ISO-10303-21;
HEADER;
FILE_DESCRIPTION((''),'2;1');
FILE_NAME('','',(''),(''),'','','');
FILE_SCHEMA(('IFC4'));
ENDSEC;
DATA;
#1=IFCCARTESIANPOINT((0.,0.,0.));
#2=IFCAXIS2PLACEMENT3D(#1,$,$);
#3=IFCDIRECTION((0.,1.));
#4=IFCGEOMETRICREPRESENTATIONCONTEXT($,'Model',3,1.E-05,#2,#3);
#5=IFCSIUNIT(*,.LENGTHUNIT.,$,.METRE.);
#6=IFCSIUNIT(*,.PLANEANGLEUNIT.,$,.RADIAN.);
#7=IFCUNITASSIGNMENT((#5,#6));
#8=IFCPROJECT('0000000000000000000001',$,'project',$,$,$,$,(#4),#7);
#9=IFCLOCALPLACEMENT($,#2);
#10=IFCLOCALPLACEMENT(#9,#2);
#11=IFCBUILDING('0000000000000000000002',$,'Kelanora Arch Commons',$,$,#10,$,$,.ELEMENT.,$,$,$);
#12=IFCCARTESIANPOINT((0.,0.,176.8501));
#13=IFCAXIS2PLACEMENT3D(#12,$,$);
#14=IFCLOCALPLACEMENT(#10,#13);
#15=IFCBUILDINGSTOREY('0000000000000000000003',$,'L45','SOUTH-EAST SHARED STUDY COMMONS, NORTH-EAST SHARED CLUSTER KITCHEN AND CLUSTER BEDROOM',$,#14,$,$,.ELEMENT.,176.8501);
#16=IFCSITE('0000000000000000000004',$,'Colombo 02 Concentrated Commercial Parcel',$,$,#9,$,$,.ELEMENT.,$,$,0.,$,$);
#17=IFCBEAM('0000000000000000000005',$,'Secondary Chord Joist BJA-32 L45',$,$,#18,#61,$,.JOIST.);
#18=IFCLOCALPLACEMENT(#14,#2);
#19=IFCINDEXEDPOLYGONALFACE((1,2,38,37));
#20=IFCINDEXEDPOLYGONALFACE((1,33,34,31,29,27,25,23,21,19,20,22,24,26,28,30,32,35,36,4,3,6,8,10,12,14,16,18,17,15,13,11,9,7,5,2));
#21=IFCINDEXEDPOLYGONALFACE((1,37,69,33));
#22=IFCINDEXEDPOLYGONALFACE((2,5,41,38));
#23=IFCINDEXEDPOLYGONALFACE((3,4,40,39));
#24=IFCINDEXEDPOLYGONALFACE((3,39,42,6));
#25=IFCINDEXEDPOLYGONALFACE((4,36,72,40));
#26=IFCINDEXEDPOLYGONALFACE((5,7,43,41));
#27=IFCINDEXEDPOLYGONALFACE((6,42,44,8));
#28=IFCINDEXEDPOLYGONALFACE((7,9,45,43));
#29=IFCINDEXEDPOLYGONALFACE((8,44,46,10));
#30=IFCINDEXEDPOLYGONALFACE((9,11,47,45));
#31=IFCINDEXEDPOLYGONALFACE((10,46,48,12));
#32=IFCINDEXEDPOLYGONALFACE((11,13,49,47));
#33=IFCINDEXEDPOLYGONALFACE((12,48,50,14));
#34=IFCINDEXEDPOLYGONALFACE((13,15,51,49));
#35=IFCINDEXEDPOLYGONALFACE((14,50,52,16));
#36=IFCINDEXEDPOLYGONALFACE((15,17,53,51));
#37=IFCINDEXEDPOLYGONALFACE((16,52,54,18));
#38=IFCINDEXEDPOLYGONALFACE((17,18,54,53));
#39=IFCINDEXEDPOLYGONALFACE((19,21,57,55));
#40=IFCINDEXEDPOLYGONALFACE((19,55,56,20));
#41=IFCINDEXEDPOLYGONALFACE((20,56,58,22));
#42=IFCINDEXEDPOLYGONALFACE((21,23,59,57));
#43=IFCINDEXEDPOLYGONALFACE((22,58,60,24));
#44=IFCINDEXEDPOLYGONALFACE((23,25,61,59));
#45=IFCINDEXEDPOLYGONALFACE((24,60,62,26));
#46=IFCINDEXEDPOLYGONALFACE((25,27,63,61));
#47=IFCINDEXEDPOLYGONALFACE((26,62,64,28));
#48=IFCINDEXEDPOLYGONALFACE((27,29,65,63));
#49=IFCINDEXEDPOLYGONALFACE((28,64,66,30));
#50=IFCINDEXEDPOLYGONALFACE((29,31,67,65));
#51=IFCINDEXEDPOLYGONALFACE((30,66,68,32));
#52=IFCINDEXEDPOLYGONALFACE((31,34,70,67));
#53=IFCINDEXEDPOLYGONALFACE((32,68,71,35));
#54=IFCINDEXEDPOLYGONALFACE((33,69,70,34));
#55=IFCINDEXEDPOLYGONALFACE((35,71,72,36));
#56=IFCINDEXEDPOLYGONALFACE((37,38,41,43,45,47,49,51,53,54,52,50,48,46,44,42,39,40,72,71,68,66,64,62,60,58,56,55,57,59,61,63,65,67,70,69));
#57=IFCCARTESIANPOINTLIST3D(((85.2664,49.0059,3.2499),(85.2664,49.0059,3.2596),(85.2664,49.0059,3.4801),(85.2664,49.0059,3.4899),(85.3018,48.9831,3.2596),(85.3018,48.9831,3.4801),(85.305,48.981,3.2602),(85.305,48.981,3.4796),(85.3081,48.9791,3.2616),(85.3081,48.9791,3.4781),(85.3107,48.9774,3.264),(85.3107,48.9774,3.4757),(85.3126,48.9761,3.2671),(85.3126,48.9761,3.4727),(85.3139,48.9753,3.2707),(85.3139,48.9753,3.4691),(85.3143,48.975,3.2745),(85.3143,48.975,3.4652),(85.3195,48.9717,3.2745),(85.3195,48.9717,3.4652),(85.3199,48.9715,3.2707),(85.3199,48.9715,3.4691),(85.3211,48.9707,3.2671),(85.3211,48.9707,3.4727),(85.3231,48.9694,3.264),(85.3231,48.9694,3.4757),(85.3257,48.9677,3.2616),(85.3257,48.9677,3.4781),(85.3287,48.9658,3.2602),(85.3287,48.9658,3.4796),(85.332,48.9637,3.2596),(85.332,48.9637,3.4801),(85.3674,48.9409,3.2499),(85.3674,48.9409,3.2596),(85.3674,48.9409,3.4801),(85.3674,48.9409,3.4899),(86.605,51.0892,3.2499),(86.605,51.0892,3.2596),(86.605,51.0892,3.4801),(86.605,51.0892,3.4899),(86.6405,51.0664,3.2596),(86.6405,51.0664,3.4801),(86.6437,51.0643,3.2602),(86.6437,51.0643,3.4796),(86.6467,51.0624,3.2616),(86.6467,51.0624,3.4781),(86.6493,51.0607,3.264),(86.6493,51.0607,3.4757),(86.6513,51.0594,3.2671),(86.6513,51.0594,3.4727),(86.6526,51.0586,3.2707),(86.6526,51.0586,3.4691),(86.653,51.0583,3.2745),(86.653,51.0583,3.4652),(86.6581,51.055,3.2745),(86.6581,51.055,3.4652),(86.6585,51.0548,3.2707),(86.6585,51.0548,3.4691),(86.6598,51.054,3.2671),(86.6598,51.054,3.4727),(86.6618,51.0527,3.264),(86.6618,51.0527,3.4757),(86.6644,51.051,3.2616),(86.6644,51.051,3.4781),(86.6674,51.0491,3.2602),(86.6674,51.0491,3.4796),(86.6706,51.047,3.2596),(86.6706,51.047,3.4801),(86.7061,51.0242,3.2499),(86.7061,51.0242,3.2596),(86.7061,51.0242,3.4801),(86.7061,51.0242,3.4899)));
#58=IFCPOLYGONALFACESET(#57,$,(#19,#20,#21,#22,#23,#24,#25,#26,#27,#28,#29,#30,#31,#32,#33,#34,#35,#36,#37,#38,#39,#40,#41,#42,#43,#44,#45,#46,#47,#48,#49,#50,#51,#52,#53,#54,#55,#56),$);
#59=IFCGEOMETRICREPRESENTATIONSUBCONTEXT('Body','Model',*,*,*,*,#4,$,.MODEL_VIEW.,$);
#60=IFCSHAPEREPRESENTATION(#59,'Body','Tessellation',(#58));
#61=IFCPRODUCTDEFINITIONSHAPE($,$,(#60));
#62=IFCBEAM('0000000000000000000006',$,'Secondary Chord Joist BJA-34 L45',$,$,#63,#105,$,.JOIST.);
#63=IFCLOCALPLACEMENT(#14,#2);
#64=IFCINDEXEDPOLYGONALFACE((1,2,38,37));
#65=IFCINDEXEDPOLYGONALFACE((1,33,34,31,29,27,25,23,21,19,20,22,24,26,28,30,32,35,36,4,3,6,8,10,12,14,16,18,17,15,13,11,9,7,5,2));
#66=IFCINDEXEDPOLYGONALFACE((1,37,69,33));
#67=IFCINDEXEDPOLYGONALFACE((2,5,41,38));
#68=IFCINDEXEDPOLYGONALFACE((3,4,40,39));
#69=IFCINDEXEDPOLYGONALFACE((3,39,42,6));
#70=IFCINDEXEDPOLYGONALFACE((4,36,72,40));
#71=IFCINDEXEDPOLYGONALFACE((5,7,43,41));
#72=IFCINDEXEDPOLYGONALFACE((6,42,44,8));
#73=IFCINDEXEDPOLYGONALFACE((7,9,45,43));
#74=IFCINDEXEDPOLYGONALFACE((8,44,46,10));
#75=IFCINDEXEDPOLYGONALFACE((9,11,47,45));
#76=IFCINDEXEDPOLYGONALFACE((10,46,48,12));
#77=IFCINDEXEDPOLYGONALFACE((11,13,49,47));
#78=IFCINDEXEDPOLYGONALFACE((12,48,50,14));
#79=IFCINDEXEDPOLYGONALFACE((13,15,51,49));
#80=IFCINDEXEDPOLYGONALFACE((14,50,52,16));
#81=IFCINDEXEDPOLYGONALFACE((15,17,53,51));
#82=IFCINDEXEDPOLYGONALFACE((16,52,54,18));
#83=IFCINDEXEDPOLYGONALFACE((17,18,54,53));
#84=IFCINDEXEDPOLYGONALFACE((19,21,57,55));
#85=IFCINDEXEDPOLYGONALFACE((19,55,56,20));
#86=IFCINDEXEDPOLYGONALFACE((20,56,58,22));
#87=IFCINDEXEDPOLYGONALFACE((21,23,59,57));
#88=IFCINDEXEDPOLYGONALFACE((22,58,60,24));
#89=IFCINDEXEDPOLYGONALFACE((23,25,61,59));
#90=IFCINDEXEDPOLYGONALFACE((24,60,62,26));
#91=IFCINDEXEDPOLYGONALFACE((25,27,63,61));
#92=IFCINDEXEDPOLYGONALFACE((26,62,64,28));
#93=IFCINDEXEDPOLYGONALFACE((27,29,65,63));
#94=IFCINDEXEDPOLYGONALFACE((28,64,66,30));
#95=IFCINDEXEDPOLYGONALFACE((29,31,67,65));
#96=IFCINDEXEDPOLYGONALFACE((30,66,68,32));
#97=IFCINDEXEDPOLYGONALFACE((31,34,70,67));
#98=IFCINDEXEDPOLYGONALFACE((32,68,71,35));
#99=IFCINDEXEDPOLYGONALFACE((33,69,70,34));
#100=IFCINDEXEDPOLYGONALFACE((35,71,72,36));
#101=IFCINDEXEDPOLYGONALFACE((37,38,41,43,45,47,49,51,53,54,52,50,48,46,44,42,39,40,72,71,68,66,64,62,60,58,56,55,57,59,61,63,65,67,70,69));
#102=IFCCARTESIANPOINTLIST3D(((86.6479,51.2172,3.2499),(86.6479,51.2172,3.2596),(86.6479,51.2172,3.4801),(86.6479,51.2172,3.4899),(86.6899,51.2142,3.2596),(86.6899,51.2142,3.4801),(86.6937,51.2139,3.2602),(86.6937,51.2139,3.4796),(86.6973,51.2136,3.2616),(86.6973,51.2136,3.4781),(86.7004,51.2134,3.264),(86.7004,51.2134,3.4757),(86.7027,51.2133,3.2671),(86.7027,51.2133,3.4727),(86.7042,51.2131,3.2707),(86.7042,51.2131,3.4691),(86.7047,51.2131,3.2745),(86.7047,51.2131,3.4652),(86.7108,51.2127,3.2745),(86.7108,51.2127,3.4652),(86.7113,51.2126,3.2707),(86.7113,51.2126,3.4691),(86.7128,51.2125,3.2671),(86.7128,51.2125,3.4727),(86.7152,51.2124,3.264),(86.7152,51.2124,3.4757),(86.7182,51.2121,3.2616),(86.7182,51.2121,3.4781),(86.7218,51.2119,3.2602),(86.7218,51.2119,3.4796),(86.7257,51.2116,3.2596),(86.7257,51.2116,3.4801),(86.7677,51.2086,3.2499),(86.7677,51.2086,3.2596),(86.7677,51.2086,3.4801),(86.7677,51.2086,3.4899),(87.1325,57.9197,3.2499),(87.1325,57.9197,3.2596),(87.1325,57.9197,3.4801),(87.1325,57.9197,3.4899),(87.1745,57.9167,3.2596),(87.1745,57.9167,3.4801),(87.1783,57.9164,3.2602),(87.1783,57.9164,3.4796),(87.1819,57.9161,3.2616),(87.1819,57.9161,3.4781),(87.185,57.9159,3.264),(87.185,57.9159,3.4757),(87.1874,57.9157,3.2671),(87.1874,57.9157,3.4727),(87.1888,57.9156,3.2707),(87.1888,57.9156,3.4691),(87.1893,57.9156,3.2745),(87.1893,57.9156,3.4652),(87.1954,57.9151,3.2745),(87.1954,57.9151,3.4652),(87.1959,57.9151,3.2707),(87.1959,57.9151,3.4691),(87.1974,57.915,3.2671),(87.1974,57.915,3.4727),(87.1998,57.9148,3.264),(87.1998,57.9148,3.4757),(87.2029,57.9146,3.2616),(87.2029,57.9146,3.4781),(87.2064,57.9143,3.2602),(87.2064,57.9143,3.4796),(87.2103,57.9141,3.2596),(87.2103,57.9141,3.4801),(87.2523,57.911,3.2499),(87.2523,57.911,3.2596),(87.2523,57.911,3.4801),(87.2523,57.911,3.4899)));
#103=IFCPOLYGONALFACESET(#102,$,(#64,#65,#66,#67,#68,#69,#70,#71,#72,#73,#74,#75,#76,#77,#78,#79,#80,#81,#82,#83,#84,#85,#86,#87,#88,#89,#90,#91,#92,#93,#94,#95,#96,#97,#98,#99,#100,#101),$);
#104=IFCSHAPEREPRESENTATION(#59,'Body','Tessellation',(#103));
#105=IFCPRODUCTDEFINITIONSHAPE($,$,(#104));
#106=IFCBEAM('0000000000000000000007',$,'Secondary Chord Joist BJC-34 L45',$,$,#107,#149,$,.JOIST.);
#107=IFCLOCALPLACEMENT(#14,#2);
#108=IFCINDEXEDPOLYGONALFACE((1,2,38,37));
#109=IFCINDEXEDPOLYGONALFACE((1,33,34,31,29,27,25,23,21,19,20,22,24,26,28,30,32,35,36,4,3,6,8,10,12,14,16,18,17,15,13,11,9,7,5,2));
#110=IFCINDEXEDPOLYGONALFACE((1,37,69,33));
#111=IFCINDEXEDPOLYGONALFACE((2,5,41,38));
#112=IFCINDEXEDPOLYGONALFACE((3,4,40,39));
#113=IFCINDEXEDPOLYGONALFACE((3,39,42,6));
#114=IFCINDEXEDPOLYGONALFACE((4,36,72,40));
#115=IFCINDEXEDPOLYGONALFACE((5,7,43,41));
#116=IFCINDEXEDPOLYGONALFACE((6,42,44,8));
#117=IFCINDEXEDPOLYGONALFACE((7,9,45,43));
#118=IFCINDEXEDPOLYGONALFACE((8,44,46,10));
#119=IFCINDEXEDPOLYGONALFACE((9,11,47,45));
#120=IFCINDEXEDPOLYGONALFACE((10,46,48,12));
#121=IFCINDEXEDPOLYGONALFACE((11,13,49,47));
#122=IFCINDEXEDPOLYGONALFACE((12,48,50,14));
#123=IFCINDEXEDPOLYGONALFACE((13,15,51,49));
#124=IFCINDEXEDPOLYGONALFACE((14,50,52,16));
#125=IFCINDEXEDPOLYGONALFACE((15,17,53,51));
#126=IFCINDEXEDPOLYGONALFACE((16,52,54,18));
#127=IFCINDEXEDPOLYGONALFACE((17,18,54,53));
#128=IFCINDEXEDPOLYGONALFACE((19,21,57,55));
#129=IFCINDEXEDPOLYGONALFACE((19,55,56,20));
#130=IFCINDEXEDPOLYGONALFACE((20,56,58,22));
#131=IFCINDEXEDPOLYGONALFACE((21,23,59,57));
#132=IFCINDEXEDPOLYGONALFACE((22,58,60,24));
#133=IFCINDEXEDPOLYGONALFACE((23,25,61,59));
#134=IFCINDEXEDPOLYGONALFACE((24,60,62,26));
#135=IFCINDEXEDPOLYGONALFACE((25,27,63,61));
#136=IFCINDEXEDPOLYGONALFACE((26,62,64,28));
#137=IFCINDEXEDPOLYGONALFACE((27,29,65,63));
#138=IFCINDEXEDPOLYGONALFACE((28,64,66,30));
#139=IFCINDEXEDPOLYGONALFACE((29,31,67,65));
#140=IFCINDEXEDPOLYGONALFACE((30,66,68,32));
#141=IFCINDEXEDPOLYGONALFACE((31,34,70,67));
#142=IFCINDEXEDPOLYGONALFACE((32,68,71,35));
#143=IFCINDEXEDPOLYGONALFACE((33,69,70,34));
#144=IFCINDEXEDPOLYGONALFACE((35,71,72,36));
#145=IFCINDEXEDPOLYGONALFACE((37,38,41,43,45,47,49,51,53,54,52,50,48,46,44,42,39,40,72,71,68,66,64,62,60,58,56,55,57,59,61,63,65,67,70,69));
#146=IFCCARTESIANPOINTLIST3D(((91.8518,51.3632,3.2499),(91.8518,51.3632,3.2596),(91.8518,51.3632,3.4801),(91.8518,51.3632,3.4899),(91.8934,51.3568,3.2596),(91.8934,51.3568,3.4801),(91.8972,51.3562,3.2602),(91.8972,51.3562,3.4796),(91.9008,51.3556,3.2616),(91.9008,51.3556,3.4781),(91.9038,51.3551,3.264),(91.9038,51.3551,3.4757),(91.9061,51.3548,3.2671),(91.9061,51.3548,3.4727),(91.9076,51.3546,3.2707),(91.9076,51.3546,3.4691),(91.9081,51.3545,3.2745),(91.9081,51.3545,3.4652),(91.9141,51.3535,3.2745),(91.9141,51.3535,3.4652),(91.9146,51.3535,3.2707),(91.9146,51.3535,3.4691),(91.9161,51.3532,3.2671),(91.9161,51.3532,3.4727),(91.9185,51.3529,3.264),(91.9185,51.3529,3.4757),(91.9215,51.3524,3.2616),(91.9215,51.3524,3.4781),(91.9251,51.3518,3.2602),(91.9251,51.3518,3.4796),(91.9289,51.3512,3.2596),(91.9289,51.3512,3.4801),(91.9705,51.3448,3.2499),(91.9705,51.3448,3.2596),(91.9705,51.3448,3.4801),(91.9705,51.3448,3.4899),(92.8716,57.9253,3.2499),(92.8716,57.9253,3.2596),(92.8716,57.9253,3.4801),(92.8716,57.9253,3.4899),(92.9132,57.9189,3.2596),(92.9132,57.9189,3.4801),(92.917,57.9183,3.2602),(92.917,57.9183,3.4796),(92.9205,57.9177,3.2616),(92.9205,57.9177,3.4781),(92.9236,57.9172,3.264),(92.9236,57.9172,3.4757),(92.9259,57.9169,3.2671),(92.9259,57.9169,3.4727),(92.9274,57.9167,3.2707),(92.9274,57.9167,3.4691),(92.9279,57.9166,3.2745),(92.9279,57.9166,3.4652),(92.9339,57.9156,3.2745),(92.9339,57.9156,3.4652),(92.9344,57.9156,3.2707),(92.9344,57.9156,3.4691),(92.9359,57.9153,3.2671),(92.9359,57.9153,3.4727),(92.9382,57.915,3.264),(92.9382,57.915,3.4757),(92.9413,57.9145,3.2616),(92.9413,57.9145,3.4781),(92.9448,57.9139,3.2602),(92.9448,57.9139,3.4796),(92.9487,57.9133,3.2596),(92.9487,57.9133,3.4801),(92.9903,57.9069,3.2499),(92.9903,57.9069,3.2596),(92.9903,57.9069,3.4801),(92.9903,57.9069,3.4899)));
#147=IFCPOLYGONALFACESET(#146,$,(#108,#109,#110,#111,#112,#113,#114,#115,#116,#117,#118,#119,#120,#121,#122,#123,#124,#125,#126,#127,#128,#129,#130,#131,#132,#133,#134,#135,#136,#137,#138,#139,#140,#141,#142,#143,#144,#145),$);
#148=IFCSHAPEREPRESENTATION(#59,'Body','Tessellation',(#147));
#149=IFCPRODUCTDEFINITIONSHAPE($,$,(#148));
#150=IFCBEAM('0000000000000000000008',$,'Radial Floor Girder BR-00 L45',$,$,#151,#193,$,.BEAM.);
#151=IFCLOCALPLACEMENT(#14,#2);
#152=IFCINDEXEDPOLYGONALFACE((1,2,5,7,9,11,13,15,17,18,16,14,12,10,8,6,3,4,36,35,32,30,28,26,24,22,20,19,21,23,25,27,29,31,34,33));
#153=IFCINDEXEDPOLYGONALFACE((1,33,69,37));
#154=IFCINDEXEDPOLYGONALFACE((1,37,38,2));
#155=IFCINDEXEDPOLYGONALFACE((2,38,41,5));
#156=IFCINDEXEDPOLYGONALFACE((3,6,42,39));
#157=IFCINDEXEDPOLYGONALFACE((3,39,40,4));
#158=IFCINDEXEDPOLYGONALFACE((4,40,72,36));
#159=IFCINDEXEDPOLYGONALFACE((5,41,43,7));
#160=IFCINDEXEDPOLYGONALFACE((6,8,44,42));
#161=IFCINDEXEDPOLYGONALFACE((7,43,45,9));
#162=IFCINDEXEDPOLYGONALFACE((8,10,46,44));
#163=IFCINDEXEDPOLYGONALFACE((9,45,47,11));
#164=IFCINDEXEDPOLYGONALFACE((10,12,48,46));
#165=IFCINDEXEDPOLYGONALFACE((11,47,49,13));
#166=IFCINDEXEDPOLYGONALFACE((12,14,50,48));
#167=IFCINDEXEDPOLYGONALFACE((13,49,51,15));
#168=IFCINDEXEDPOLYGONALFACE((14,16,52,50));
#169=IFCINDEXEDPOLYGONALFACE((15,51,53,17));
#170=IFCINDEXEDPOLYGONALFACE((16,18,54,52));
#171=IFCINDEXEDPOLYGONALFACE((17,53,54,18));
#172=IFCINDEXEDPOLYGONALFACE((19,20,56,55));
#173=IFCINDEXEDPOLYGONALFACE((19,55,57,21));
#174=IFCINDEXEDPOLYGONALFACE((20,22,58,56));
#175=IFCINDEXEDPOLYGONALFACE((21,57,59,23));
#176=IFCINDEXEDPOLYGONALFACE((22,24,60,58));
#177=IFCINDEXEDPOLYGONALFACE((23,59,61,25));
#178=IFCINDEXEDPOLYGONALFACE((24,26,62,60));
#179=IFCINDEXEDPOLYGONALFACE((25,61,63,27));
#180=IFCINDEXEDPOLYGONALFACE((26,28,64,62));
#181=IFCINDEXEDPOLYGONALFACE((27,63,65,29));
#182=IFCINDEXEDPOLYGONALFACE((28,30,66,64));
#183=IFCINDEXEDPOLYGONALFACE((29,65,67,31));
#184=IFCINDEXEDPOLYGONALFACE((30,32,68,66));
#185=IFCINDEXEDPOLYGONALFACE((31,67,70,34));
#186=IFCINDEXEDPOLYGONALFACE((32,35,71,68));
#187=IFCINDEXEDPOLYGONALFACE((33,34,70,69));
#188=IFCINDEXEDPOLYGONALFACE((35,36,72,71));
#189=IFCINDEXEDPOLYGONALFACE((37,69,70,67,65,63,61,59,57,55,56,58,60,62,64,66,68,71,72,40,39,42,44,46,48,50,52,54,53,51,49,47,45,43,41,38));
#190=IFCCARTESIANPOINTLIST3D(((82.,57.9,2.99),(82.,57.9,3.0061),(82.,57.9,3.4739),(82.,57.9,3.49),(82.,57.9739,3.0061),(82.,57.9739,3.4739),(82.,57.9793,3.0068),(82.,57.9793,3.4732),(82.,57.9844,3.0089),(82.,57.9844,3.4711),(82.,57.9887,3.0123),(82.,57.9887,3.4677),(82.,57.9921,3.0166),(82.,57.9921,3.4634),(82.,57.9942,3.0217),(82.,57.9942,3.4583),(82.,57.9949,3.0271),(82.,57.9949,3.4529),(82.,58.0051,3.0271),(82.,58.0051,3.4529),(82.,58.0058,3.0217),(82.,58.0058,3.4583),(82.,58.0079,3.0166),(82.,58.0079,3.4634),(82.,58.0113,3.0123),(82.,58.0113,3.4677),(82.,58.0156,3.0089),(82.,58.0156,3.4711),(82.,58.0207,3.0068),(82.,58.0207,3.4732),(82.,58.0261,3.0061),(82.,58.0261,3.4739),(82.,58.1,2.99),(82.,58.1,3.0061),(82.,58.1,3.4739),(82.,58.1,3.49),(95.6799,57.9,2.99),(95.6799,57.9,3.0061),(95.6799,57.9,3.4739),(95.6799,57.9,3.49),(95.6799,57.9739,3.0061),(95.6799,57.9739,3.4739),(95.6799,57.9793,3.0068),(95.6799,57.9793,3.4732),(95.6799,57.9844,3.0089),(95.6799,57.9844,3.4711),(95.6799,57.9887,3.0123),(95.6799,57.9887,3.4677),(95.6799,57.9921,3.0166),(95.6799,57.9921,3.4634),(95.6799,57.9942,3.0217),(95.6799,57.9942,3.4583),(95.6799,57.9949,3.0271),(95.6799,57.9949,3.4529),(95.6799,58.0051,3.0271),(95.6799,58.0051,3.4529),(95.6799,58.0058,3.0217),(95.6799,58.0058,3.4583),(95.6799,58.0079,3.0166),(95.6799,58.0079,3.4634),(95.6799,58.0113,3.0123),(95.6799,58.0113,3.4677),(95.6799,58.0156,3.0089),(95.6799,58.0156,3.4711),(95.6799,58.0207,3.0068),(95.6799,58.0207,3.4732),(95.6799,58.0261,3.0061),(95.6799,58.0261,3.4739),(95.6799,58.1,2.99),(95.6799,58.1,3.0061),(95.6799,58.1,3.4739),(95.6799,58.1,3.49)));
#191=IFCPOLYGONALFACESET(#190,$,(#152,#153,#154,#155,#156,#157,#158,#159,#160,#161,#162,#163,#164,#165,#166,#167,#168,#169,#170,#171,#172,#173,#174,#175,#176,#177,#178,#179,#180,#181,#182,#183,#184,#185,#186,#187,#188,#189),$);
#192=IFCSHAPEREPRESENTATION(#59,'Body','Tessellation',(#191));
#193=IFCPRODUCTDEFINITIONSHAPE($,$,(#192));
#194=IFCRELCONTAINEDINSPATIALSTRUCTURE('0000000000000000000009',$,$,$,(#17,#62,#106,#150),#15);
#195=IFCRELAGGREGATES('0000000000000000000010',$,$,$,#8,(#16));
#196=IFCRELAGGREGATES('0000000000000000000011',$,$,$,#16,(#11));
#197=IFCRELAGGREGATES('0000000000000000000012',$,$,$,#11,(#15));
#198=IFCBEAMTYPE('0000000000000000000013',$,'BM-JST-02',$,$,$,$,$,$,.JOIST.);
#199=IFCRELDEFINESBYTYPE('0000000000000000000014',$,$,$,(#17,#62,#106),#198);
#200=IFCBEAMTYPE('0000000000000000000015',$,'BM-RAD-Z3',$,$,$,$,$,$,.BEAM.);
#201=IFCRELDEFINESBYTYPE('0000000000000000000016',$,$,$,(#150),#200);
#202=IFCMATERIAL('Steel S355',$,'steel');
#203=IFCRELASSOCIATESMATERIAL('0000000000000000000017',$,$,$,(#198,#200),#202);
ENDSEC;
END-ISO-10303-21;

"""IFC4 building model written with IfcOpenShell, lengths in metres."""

from ifc_helpers import new_model, si_unit, direction, frame, origin, origin_2d, place, context, subcontext, project, spatial, i_section, extrude, material, material_profile, profile_set, type_object, element, save


model = new_model("IFC4")

# Units and contexts
model_context = context("Model", 3, precision=1e-05, world=origin(), true_north=direction((0.0, 1.0)))
body_context = subcontext(model_context, "Body", "Model", "MODEL_VIEW")
ifc_project = project(units=[si_unit("LENGTHUNIT", "METRE"), si_unit("PLANEANGLEUNIT", "RADIAN")], contexts=[model_context])

# Site, building, storey
site_placement = place(None, origin())
site = spatial("IfcSite", under=ifc_project, at=site_placement, Name="Colombo 02 Concentrated Commercial Parcel", CompositionType="ELEMENT", RefElevation=0.0)
building_placement = place(site_placement, origin())
building = spatial("IfcBuilding", under=site, at=building_placement, Name="Kelanora Arch Commons", CompositionType="ELEMENT")
storey_placement = place(building_placement, frame((0.0, 0.0, 176.8501)))
storey = spatial("IfcBuildingStorey", under=building, at=storey_placement, Name="L45", Description="SOUTH-EAST SHARED STUDY COMMONS, NORTH-EAST SHARED CLUSTER KITCHEN AND CLUSTER BEDROOM", CompositionType="ELEMENT", Elevation=176.8501)

# Beams
ifc_material_1 = material(Name="Steel S355", Category="steel")
ifc_material_profile_1 = material_profile(ifc_material_1, i_section(OverallWidth=0.1201, OverallDepth=0.24, WebThickness=0.0061, FlangeThickness=0.0098, FilletRadius=0.0149, at=origin_2d()), Name="IPE240")
ifc_profile_set_1 = profile_set([ifc_material_profile_1], Name="Steel S355")
beam_type_1 = type_object("IfcBeamType", Name="BM-JST-02", PredefinedType="JOIST", material=ifc_profile_set_1)
beam_1_placement = place(storey_placement, frame((85.3169, 48.9734, 3.3699), z_axis=(0.540583, 0.841291, 0.0), x_axis=(-0.841291, 0.540583, 0.0)))
element("IfcBeam", 1, at=beam_1_placement, inside=storey, type_object=beam_type_1, Name="Secondary Chord Joist BJA-32 L45", PredefinedType="JOIST", context=body_context, shape_type="SweptSolid", body=[
    extrude(i_section(OverallWidth=0.1201, OverallDepth=0.24, WebThickness=0.0061, FlangeThickness=0.0098, FilletRadius=0.0149, at=origin_2d()), origin(), (0.0, 0.0, 1.0), 2.4763),
])
beam_2_placement = place(storey_placement, frame((86.7078, 51.2129, 3.3699), z_axis=(0.072117, 0.997396, 0.0), x_axis=(-0.997396, 0.072117, 0.0)))
element("IfcBeam", 2, at=beam_2_placement, inside=storey, type_object=beam_type_1, Name="Secondary Chord Joist BJA-34 L45", PredefinedType="JOIST", context=body_context, shape_type="SweptSolid", body=[
    extrude(i_section(OverallWidth=0.1201, OverallDepth=0.24, WebThickness=0.0061, FlangeThickness=0.0098, FilletRadius=0.0149, at=origin_2d()), origin(), (0.0, 0.0, 1.0), 6.72),
])
beam_3_placement = place(storey_placement, frame((91.9111, 51.354, 3.3699), z_axis=(0.153563, 0.988139, 0.0), x_axis=(-0.988139, 0.153563, 0.0)))
element("IfcBeam", 3, at=beam_3_placement, inside=storey, type_object=beam_type_1, Name="Secondary Chord Joist BJC-34 L45", PredefinedType="JOIST", context=body_context, shape_type="SweptSolid", body=[
    extrude(i_section(OverallWidth=0.1201, OverallDepth=0.24, WebThickness=0.0061, FlangeThickness=0.0098, FilletRadius=0.0149, at=origin_2d()), origin(), (0.0, 0.0, 1.0), 6.6409),
])
ifc_material_profile_2 = material_profile(ifc_material_1, i_section(OverallWidth=0.2, OverallDepth=0.5, WebThickness=0.0103, FlangeThickness=0.0161, FilletRadius=0.021, at=origin_2d()), Name="IPE500")
ifc_profile_set_2 = profile_set([ifc_material_profile_2], Name="Steel S355")
beam_type_2 = type_object("IfcBeamType", Name="BM-RAD-Z3", PredefinedType="BEAM", material=ifc_profile_set_2)
beam_4_placement = place(storey_placement, frame((82.0, 58.0, 3.24), z_axis=(1.0, 0.0, 0.0), x_axis=(0.0, 1.0, 0.0)))
element("IfcBeam", 4, at=beam_4_placement, inside=storey, type_object=beam_type_2, Name="Radial Floor Girder BR-00 L45", PredefinedType="BEAM", context=body_context, shape_type="SweptSolid", body=[
    extrude(i_section(OverallWidth=0.2, OverallDepth=0.5, WebThickness=0.0103, FlangeThickness=0.0161, FilletRadius=0.021, at=origin_2d()), origin(), (0.0, 0.0, 1.0), 13.6799),
])

save(model, "model.ifc")
